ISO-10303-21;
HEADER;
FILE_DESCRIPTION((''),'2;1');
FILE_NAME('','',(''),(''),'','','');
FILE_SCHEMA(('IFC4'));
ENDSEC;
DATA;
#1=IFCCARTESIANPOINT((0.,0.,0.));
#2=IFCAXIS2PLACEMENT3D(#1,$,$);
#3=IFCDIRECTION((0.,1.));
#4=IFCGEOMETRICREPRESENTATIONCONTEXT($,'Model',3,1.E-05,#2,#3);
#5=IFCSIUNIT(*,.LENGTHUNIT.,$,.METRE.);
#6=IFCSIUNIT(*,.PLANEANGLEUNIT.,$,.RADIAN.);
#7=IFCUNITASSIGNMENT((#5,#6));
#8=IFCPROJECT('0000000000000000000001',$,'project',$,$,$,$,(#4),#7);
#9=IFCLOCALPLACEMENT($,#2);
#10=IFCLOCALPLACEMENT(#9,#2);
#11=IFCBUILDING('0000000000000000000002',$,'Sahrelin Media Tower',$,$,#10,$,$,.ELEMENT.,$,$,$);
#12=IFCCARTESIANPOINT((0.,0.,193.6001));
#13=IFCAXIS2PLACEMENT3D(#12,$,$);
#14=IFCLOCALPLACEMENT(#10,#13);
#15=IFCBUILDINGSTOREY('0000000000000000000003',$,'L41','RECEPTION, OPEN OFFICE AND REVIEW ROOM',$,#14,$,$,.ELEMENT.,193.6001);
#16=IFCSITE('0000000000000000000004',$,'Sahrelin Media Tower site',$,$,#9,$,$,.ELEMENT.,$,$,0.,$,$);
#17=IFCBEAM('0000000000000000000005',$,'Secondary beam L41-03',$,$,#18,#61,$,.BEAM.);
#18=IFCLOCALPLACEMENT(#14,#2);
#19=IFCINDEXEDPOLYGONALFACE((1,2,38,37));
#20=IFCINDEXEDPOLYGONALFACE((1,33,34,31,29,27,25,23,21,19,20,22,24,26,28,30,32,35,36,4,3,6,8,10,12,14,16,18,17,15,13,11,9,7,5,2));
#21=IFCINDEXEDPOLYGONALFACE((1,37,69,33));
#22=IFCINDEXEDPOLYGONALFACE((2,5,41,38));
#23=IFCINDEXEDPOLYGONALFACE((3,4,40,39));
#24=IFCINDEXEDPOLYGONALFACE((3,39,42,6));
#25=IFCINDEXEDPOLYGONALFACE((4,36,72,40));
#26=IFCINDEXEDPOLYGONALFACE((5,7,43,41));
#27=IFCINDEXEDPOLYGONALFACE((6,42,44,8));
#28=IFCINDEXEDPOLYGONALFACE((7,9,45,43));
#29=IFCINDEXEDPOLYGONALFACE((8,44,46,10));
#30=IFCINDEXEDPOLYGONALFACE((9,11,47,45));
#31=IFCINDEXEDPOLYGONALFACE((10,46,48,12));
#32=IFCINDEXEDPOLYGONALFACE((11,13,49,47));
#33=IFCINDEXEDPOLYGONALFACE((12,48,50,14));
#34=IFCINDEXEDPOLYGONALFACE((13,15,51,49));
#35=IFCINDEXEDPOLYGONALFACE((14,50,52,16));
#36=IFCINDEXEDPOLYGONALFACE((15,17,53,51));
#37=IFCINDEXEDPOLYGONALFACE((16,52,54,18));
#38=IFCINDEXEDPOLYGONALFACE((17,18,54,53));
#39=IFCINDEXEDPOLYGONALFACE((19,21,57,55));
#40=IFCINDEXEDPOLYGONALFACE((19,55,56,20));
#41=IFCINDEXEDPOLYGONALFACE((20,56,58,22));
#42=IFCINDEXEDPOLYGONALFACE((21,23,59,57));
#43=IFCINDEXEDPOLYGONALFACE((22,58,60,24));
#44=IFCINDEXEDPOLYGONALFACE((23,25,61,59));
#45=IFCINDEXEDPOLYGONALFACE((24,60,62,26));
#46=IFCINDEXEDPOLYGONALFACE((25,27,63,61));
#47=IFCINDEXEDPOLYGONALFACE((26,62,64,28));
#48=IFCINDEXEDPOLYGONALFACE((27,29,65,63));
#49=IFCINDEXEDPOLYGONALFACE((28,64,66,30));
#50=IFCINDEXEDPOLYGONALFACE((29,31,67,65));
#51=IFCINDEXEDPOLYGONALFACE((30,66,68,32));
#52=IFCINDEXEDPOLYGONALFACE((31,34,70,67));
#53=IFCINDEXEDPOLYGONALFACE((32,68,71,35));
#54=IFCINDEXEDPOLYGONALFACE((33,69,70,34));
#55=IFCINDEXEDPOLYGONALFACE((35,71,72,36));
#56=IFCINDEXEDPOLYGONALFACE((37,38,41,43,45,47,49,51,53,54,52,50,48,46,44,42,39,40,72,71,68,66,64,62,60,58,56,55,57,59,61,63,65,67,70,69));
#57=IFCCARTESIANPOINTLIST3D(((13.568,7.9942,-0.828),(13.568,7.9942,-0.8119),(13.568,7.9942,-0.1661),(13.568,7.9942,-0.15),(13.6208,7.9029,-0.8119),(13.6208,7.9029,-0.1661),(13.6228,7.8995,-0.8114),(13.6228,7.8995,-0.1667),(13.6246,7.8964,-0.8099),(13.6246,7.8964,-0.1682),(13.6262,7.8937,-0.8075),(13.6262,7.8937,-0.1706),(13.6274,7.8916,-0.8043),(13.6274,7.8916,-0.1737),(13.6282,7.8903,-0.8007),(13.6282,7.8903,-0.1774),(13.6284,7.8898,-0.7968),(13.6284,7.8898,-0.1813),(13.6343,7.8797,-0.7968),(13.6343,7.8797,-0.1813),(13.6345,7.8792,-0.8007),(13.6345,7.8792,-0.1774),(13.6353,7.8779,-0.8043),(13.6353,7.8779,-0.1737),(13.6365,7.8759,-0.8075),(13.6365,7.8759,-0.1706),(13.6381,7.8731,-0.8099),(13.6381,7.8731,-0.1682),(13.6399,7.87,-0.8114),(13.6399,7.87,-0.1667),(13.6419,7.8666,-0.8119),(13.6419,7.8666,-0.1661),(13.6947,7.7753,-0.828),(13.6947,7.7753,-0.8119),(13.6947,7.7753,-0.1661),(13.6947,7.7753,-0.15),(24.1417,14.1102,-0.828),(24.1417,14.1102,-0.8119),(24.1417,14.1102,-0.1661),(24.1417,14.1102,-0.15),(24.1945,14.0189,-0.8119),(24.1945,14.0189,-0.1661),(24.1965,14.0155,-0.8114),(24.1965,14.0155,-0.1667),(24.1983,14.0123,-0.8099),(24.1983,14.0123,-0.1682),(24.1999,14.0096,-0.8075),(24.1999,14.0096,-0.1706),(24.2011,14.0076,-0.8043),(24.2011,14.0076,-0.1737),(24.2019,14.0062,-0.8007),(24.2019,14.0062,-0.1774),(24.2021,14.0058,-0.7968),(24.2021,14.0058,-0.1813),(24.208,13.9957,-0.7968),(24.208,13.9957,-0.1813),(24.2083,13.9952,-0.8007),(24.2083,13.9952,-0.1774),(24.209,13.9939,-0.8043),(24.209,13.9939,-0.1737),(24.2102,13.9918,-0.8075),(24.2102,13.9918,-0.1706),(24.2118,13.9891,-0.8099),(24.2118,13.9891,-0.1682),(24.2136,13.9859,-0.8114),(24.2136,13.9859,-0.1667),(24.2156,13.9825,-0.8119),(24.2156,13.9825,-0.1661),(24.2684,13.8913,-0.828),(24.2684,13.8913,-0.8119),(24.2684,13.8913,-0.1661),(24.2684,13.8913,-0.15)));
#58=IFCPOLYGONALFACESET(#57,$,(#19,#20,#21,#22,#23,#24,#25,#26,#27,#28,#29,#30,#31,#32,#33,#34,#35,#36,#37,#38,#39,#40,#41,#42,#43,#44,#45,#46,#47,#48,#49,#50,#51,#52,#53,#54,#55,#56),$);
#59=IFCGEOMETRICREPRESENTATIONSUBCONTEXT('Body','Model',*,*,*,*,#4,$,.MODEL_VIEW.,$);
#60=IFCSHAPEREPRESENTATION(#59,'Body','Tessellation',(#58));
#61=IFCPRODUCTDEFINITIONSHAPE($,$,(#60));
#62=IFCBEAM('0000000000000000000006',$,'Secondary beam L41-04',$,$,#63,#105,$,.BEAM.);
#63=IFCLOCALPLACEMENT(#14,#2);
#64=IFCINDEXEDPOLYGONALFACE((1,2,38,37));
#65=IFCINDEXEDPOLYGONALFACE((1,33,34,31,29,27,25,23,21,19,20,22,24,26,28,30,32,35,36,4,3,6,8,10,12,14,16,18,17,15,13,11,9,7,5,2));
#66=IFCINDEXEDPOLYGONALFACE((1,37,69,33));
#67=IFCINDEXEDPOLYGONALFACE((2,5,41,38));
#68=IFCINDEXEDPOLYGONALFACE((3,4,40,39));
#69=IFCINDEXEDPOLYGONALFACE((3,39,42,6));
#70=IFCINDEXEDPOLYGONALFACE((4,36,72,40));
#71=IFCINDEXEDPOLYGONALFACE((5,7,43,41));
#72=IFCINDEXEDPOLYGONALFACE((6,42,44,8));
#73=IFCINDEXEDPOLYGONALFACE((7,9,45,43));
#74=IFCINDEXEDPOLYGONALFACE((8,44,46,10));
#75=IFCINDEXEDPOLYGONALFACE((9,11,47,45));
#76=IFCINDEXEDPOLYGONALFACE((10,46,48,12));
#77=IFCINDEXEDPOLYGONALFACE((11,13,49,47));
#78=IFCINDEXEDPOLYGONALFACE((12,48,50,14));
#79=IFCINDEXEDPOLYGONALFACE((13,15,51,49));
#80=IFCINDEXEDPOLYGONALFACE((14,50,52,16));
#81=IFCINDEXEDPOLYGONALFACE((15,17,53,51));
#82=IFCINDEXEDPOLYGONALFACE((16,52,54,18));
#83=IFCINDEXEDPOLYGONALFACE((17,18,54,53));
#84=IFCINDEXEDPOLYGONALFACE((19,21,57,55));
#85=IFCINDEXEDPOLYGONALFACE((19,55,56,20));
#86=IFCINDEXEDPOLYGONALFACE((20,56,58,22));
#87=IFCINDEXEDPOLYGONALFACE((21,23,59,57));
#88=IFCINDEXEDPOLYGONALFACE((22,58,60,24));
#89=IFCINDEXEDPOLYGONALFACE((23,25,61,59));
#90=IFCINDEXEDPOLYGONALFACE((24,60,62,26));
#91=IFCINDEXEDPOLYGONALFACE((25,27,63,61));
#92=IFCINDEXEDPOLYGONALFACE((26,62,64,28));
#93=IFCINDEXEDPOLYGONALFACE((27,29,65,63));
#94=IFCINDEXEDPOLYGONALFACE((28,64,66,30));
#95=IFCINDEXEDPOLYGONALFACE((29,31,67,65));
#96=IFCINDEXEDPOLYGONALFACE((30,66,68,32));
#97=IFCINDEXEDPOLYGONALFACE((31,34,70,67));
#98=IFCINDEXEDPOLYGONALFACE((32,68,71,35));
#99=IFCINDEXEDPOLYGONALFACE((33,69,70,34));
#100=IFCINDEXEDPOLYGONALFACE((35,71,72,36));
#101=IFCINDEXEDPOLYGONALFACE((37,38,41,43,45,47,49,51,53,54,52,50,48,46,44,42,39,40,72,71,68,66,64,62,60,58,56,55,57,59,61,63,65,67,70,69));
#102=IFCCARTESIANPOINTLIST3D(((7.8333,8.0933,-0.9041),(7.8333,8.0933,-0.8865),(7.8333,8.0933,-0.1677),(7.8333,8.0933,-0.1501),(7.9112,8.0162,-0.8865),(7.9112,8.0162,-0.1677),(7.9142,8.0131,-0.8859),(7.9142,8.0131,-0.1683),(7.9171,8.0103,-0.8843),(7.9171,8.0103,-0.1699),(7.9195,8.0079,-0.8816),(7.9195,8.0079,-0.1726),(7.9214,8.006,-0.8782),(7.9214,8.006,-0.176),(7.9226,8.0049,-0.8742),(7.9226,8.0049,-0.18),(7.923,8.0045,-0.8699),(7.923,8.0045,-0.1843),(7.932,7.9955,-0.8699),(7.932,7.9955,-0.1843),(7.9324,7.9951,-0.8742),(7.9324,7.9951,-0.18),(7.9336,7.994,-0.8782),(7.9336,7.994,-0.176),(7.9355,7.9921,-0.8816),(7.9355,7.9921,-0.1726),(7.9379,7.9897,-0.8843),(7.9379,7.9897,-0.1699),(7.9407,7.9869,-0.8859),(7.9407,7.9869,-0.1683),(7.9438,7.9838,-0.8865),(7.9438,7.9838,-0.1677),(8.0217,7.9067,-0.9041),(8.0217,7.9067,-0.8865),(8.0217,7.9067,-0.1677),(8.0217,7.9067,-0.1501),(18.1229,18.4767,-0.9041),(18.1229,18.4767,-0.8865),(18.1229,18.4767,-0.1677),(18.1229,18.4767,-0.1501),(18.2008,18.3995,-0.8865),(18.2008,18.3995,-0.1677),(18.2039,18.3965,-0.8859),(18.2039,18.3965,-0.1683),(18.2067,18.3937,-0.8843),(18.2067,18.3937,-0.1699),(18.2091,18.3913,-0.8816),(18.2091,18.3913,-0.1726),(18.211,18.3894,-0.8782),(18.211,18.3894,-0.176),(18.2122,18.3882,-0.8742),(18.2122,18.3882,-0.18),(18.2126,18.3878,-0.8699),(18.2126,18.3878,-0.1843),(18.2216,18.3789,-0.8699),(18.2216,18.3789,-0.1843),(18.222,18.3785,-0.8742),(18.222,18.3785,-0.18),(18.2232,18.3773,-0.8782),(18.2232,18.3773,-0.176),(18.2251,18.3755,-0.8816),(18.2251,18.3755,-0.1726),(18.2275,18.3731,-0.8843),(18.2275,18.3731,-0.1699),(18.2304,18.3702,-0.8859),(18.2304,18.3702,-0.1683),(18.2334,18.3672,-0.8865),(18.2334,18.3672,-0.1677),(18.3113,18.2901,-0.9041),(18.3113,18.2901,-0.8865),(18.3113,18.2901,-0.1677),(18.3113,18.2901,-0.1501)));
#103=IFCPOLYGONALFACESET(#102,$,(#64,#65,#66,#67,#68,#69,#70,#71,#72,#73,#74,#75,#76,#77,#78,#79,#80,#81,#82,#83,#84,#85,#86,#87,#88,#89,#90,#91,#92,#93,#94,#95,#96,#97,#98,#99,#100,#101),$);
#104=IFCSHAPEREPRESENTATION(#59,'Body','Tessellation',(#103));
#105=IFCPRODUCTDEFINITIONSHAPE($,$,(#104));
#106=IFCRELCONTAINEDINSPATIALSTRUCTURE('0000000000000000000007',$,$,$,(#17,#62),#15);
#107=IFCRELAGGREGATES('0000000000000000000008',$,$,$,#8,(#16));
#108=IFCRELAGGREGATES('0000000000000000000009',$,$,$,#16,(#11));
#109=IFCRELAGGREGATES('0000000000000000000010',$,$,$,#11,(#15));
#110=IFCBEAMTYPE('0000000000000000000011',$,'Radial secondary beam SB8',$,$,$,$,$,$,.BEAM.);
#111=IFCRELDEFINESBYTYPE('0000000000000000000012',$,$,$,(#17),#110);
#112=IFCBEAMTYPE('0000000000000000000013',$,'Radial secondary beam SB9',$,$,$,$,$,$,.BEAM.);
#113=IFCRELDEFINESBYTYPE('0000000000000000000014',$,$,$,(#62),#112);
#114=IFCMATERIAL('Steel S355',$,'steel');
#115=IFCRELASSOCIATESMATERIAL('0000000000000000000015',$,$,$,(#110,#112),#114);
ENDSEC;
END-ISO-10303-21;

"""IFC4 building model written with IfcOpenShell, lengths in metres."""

from ifc_helpers import new_model, si_unit, direction, frame, origin, origin_2d, place, context, subcontext, project, spatial, i_section, extrude, material, material_profile, profile_set, type_object, element, save


model = new_model("IFC4")

# Units and contexts
model_context = context("Model", 3, precision=1e-05, world=origin(), true_north=direction((0.0, 1.0)))
body_context = subcontext(model_context, "Body", "Model", "MODEL_VIEW")
ifc_project = project(units=[si_unit("LENGTHUNIT", "METRE"), si_unit("PLANEANGLEUNIT", "RADIAN")], contexts=[model_context])

# Site, building, storey
site_placement = place(None, origin())
site = spatial("IfcSite", under=ifc_project, at=site_placement, Name="Sahrelin Media Tower site", CompositionType="ELEMENT", RefElevation=0.0)
building_placement = place(site_placement, origin())
building = spatial("IfcBuilding", under=site, at=building_placement, Name="Sahrelin Media Tower", CompositionType="ELEMENT")
storey_placement = place(building_placement, frame((0.0, 0.0, 193.6001)))
storey = spatial("IfcBuildingStorey", under=building, at=storey_placement, Name="L41", Description="RECEPTION, OPEN OFFICE AND REVIEW ROOM", CompositionType="ELEMENT", Elevation=193.6001)

# Beams
ifc_material_1 = material(Name="Steel S355", Category="steel")
ifc_material_profile_1 = material_profile(ifc_material_1, i_section(OverallWidth=0.2529, OverallDepth=0.678, WebThickness=0.0117, FlangeThickness=0.0161, FilletRadius=0.0151, at=origin_2d()), Name="UB 686x254x125")
ifc_profile_set_1 = profile_set([ifc_material_profile_1], Name="Steel S355")
beam_type_1 = type_object("IfcBeamType", Name="Radial secondary beam SB8", PredefinedType="BEAM", material=ifc_profile_set_1)
beam_1_placement = place(storey_placement, frame((13.6313, 7.8848, -0.489), z_axis=(0.865627, 0.500689, 0.0), x_axis=(-0.500689, 0.865627, 0.0)))
element("IfcBeam", 1, at=beam_1_placement, inside=storey, type_object=beam_type_1, Name="Secondary beam L41-03", PredefinedType="BEAM", context=body_context, shape_type="SweptSolid", body=[
    extrude(i_section(OverallWidth=0.2529, OverallDepth=0.678, WebThickness=0.0117, FlangeThickness=0.0161, FilletRadius=0.0151, at=origin_2d()), origin(), (0.0, 0.0, 1.0), 12.2151),
])
ifc_material_profile_2 = material_profile(ifc_material_1, i_section(OverallWidth=0.2651, OverallDepth=0.7539, WebThickness=0.0127, FlangeThickness=0.0176, FilletRadius=0.0166, at=origin_2d()), Name="UB 762x267x147")
ifc_profile_set_2 = profile_set([ifc_material_profile_2], Name="Steel S355")
beam_type_2 = type_object("IfcBeamType", Name="Radial secondary beam SB9", PredefinedType="BEAM", material=ifc_profile_set_2)
beam_2_placement = place(storey_placement, frame((7.9275, 8.0, -0.5271), z_axis=(0.703893, 0.710306, 0.0), x_axis=(-0.710306, 0.703893, 0.0)))
element("IfcBeam", 2, at=beam_2_placement, inside=storey, type_object=beam_type_2, Name="Secondary beam L41-04", PredefinedType="BEAM", context=body_context, shape_type="SweptSolid", body=[
    extrude(i_section(OverallWidth=0.2651, OverallDepth=0.7539, WebThickness=0.0127, FlangeThickness=0.0176, FilletRadius=0.0166, at=origin_2d()), origin(), (0.0, 0.0, 1.0), 14.6182),
])

save(model, "model.ifc")
